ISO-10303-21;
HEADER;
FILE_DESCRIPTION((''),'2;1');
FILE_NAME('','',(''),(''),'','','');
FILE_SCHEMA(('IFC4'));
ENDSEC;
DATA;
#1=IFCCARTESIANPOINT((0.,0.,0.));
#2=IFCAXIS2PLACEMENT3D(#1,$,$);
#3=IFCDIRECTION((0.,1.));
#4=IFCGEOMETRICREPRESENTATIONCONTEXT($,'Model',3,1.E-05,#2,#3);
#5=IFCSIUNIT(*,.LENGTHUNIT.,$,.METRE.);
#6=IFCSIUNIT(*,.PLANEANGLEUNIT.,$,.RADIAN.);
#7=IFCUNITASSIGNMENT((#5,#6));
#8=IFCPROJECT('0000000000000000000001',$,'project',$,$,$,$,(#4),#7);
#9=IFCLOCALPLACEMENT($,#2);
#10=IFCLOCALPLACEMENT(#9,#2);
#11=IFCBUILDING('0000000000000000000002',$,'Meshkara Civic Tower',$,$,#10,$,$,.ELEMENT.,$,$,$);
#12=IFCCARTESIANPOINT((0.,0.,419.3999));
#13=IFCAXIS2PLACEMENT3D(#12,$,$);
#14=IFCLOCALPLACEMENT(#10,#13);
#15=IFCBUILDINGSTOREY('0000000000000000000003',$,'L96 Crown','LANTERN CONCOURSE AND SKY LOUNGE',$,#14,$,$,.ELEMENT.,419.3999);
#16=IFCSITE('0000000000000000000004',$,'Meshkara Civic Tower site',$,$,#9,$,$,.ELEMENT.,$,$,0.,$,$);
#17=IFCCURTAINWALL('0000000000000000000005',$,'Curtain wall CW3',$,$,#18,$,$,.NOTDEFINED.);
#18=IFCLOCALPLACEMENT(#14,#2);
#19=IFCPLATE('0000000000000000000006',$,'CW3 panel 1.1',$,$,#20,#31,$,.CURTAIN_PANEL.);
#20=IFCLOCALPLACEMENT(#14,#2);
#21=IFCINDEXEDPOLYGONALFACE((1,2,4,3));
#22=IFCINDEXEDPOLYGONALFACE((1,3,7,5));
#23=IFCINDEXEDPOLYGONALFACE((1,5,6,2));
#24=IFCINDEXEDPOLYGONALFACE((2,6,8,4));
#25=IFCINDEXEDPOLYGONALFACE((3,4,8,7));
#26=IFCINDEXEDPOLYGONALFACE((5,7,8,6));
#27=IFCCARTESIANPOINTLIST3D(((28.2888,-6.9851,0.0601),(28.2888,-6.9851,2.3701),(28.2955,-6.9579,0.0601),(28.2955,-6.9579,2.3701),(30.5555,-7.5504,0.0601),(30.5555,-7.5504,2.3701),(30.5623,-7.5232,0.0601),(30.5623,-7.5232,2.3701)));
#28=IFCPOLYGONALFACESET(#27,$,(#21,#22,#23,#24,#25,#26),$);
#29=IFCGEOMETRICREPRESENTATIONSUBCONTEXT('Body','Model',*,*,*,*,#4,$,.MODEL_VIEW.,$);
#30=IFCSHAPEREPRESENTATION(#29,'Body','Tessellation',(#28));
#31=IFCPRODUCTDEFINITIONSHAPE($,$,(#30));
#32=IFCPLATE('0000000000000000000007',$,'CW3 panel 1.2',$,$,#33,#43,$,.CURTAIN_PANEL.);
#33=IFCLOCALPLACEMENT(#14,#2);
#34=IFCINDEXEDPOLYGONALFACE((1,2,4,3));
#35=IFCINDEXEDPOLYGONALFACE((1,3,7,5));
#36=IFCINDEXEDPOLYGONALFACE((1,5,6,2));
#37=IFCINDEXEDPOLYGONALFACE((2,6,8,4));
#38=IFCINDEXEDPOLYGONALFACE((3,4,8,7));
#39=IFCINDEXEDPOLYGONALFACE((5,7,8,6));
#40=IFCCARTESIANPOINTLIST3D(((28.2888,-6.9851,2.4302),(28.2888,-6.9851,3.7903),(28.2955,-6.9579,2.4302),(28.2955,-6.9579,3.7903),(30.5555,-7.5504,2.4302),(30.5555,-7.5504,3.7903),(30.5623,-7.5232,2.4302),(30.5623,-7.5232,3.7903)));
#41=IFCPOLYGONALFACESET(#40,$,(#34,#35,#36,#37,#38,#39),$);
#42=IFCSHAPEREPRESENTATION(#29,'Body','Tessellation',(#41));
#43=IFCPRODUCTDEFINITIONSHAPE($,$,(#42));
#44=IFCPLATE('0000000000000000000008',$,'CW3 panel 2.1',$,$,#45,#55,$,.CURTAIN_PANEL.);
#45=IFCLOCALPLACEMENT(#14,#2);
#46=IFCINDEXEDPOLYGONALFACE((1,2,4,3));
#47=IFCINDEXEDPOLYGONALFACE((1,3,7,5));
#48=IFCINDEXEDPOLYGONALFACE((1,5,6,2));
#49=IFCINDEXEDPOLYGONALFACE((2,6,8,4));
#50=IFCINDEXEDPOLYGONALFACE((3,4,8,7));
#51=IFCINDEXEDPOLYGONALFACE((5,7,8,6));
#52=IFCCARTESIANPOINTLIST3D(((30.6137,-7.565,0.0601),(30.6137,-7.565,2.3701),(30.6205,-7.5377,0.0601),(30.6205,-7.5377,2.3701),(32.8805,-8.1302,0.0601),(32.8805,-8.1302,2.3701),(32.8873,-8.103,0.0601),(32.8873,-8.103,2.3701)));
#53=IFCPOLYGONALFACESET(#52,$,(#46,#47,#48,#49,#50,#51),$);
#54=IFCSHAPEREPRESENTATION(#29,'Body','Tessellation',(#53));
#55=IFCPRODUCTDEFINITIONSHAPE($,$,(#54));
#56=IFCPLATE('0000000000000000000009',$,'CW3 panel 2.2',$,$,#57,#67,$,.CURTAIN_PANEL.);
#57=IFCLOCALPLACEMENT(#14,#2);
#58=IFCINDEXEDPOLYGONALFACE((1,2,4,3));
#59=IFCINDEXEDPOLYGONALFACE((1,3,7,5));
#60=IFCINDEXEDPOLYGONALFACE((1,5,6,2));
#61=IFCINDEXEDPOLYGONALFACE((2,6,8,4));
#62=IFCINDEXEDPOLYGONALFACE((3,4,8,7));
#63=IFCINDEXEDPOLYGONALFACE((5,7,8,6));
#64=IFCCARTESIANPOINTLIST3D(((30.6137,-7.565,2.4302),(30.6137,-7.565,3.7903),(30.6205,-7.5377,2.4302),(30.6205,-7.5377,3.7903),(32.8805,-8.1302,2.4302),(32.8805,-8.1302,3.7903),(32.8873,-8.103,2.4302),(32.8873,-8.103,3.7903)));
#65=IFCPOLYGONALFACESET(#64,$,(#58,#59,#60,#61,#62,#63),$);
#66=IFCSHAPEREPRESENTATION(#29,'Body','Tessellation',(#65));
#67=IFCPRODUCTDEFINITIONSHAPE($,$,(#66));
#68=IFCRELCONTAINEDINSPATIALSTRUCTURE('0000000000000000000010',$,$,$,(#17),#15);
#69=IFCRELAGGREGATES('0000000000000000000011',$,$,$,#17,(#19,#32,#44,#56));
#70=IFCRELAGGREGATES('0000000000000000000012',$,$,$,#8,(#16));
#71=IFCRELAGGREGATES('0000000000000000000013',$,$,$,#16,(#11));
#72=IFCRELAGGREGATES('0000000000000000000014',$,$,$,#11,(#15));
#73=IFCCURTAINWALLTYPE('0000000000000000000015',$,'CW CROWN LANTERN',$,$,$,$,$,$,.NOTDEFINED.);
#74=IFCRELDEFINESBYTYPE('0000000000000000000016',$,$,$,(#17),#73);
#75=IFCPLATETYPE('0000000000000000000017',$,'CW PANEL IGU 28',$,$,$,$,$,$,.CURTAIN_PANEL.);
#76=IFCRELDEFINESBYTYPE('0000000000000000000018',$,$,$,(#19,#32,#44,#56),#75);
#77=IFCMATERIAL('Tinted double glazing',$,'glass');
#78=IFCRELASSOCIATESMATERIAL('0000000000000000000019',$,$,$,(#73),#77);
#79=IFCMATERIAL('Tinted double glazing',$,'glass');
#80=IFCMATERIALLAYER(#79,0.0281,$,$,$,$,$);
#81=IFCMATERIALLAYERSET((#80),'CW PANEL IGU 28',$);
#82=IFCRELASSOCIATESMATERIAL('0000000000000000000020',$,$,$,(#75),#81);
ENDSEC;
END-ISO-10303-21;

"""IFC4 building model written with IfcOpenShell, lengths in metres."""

from ifc_helpers import new_model, si_unit, direction, frame, origin, origin_2d, place, context, subcontext, project, spatial, rectangle, extrude, material, layer, layer_set, type_object, element, aggregate, save


model = new_model("IFC4")

# Units and contexts
model_context = context("Model", 3, precision=1e-05, world=origin(), true_north=direction((0.0, 1.0)))
body_context = subcontext(model_context, "Body", "Model", "MODEL_VIEW")
ifc_project = project(units=[si_unit("LENGTHUNIT", "METRE"), si_unit("PLANEANGLEUNIT", "RADIAN")], contexts=[model_context])

# Site, building, storey
site_placement = place(None, origin())
site = spatial("IfcSite", under=ifc_project, at=site_placement, Name="Meshkara Civic Tower site", CompositionType="ELEMENT", RefElevation=0.0)
building_placement = place(site_placement, origin())
building = spatial("IfcBuilding", under=site, at=building_placement, Name="Meshkara Civic Tower", CompositionType="ELEMENT")
storey_placement = place(building_placement, frame((0.0, 0.0, 419.3999)))
storey = spatial("IfcBuildingStorey", under=building, at=storey_placement, Name="L96 Crown", Description="LANTERN CONCOURSE AND SKY LOUNGE", CompositionType="ELEMENT", Elevation=419.3999)

# Shared definitions
ifc_material_1 = material(Name="Tinted double glazing", Category="glass")
curtain_wall_type = type_object("IfcCurtainWallType", Name="CW CROWN LANTERN", PredefinedType="NOTDEFINED", material=ifc_material_1)

# Curtain wall
curtain_wall_1_placement = place(storey_placement, origin())
curtain_wall_1 = element("IfcCurtainWall", 1, at=curtain_wall_1_placement, inside=storey, type_object=curtain_wall_type, Name="Curtain wall CW3", PredefinedType="NOTDEFINED")

# Plates
ifc_material_2 = material(Name="Tinted double glazing", Category="glass")
ifc_layer = layer(ifc_material_2, 0.0281)
ifc_layer_set = layer_set([ifc_layer], Name="CW PANEL IGU 28")
plate_type = type_object("IfcPlateType", Name="CW PANEL IGU 28", PredefinedType="CURTAIN_PANEL", material=ifc_layer_set)
plate_1_placement = place(storey_placement, frame((29.4255, -7.2542, 0.0601), z_axis=(0.0, 0.0, 1.0), x_axis=(0.970288, -0.241954, 0.0)))
plate_1 = element("IfcPlate", 2, at=plate_1_placement, type_object=plate_type, Name="CW3 panel 1.1", PredefinedType="CURTAIN_PANEL", context=body_context, shape_type="SweptSolid", body=[
    extrude(rectangle(XDim=2.3362, YDim=0.0281, at=origin_2d()), origin(), (0.0, 0.0, 1.0), 2.3101),
])
plate_2_placement = place(storey_placement, frame((29.4255, -7.2542, 2.4302), z_axis=(0.0, 0.0, 1.0), x_axis=(0.970288, -0.241954, 0.0)))
plate_2 = element("IfcPlate", 3, at=plate_2_placement, type_object=plate_type, Name="CW3 panel 1.2", PredefinedType="CURTAIN_PANEL", context=body_context, shape_type="SweptSolid", body=[
    extrude(rectangle(XDim=2.3362, YDim=0.0281, at=origin_2d()), origin(), (0.0, 0.0, 1.0), 1.3601),
])
plate_3_placement = place(storey_placement, frame((31.7505, -7.834, 0.0601), z_axis=(0.0, 0.0, 1.0), x_axis=(0.970288, -0.241954, 0.0)))
plate_3 = element("IfcPlate", 4, at=plate_3_placement, type_object=plate_type, Name="CW3 panel 2.1", PredefinedType="CURTAIN_PANEL", context=body_context, shape_type="SweptSolid", body=[
    extrude(rectangle(XDim=2.3362, YDim=0.0281, at=origin_2d()), origin(), (0.0, 0.0, 1.0), 2.3101),
])
plate_4_placement = place(storey_placement, frame((31.7505, -7.834, 2.4302), z_axis=(0.0, 0.0, 1.0), x_axis=(0.970288, -0.241954, 0.0)))
plate_4 = element("IfcPlate", 5, at=plate_4_placement, type_object=plate_type, Name="CW3 panel 2.2", PredefinedType="CURTAIN_PANEL", context=body_context, shape_type="SweptSolid", body=[
    extrude(rectangle(XDim=2.3362, YDim=0.0281, at=origin_2d()), origin(), (0.0, 0.0, 1.0), 1.3601),
])
aggregate(curtain_wall_1, [plate_1, plate_2, plate_3, plate_4])

save(model, "model.ifc")
